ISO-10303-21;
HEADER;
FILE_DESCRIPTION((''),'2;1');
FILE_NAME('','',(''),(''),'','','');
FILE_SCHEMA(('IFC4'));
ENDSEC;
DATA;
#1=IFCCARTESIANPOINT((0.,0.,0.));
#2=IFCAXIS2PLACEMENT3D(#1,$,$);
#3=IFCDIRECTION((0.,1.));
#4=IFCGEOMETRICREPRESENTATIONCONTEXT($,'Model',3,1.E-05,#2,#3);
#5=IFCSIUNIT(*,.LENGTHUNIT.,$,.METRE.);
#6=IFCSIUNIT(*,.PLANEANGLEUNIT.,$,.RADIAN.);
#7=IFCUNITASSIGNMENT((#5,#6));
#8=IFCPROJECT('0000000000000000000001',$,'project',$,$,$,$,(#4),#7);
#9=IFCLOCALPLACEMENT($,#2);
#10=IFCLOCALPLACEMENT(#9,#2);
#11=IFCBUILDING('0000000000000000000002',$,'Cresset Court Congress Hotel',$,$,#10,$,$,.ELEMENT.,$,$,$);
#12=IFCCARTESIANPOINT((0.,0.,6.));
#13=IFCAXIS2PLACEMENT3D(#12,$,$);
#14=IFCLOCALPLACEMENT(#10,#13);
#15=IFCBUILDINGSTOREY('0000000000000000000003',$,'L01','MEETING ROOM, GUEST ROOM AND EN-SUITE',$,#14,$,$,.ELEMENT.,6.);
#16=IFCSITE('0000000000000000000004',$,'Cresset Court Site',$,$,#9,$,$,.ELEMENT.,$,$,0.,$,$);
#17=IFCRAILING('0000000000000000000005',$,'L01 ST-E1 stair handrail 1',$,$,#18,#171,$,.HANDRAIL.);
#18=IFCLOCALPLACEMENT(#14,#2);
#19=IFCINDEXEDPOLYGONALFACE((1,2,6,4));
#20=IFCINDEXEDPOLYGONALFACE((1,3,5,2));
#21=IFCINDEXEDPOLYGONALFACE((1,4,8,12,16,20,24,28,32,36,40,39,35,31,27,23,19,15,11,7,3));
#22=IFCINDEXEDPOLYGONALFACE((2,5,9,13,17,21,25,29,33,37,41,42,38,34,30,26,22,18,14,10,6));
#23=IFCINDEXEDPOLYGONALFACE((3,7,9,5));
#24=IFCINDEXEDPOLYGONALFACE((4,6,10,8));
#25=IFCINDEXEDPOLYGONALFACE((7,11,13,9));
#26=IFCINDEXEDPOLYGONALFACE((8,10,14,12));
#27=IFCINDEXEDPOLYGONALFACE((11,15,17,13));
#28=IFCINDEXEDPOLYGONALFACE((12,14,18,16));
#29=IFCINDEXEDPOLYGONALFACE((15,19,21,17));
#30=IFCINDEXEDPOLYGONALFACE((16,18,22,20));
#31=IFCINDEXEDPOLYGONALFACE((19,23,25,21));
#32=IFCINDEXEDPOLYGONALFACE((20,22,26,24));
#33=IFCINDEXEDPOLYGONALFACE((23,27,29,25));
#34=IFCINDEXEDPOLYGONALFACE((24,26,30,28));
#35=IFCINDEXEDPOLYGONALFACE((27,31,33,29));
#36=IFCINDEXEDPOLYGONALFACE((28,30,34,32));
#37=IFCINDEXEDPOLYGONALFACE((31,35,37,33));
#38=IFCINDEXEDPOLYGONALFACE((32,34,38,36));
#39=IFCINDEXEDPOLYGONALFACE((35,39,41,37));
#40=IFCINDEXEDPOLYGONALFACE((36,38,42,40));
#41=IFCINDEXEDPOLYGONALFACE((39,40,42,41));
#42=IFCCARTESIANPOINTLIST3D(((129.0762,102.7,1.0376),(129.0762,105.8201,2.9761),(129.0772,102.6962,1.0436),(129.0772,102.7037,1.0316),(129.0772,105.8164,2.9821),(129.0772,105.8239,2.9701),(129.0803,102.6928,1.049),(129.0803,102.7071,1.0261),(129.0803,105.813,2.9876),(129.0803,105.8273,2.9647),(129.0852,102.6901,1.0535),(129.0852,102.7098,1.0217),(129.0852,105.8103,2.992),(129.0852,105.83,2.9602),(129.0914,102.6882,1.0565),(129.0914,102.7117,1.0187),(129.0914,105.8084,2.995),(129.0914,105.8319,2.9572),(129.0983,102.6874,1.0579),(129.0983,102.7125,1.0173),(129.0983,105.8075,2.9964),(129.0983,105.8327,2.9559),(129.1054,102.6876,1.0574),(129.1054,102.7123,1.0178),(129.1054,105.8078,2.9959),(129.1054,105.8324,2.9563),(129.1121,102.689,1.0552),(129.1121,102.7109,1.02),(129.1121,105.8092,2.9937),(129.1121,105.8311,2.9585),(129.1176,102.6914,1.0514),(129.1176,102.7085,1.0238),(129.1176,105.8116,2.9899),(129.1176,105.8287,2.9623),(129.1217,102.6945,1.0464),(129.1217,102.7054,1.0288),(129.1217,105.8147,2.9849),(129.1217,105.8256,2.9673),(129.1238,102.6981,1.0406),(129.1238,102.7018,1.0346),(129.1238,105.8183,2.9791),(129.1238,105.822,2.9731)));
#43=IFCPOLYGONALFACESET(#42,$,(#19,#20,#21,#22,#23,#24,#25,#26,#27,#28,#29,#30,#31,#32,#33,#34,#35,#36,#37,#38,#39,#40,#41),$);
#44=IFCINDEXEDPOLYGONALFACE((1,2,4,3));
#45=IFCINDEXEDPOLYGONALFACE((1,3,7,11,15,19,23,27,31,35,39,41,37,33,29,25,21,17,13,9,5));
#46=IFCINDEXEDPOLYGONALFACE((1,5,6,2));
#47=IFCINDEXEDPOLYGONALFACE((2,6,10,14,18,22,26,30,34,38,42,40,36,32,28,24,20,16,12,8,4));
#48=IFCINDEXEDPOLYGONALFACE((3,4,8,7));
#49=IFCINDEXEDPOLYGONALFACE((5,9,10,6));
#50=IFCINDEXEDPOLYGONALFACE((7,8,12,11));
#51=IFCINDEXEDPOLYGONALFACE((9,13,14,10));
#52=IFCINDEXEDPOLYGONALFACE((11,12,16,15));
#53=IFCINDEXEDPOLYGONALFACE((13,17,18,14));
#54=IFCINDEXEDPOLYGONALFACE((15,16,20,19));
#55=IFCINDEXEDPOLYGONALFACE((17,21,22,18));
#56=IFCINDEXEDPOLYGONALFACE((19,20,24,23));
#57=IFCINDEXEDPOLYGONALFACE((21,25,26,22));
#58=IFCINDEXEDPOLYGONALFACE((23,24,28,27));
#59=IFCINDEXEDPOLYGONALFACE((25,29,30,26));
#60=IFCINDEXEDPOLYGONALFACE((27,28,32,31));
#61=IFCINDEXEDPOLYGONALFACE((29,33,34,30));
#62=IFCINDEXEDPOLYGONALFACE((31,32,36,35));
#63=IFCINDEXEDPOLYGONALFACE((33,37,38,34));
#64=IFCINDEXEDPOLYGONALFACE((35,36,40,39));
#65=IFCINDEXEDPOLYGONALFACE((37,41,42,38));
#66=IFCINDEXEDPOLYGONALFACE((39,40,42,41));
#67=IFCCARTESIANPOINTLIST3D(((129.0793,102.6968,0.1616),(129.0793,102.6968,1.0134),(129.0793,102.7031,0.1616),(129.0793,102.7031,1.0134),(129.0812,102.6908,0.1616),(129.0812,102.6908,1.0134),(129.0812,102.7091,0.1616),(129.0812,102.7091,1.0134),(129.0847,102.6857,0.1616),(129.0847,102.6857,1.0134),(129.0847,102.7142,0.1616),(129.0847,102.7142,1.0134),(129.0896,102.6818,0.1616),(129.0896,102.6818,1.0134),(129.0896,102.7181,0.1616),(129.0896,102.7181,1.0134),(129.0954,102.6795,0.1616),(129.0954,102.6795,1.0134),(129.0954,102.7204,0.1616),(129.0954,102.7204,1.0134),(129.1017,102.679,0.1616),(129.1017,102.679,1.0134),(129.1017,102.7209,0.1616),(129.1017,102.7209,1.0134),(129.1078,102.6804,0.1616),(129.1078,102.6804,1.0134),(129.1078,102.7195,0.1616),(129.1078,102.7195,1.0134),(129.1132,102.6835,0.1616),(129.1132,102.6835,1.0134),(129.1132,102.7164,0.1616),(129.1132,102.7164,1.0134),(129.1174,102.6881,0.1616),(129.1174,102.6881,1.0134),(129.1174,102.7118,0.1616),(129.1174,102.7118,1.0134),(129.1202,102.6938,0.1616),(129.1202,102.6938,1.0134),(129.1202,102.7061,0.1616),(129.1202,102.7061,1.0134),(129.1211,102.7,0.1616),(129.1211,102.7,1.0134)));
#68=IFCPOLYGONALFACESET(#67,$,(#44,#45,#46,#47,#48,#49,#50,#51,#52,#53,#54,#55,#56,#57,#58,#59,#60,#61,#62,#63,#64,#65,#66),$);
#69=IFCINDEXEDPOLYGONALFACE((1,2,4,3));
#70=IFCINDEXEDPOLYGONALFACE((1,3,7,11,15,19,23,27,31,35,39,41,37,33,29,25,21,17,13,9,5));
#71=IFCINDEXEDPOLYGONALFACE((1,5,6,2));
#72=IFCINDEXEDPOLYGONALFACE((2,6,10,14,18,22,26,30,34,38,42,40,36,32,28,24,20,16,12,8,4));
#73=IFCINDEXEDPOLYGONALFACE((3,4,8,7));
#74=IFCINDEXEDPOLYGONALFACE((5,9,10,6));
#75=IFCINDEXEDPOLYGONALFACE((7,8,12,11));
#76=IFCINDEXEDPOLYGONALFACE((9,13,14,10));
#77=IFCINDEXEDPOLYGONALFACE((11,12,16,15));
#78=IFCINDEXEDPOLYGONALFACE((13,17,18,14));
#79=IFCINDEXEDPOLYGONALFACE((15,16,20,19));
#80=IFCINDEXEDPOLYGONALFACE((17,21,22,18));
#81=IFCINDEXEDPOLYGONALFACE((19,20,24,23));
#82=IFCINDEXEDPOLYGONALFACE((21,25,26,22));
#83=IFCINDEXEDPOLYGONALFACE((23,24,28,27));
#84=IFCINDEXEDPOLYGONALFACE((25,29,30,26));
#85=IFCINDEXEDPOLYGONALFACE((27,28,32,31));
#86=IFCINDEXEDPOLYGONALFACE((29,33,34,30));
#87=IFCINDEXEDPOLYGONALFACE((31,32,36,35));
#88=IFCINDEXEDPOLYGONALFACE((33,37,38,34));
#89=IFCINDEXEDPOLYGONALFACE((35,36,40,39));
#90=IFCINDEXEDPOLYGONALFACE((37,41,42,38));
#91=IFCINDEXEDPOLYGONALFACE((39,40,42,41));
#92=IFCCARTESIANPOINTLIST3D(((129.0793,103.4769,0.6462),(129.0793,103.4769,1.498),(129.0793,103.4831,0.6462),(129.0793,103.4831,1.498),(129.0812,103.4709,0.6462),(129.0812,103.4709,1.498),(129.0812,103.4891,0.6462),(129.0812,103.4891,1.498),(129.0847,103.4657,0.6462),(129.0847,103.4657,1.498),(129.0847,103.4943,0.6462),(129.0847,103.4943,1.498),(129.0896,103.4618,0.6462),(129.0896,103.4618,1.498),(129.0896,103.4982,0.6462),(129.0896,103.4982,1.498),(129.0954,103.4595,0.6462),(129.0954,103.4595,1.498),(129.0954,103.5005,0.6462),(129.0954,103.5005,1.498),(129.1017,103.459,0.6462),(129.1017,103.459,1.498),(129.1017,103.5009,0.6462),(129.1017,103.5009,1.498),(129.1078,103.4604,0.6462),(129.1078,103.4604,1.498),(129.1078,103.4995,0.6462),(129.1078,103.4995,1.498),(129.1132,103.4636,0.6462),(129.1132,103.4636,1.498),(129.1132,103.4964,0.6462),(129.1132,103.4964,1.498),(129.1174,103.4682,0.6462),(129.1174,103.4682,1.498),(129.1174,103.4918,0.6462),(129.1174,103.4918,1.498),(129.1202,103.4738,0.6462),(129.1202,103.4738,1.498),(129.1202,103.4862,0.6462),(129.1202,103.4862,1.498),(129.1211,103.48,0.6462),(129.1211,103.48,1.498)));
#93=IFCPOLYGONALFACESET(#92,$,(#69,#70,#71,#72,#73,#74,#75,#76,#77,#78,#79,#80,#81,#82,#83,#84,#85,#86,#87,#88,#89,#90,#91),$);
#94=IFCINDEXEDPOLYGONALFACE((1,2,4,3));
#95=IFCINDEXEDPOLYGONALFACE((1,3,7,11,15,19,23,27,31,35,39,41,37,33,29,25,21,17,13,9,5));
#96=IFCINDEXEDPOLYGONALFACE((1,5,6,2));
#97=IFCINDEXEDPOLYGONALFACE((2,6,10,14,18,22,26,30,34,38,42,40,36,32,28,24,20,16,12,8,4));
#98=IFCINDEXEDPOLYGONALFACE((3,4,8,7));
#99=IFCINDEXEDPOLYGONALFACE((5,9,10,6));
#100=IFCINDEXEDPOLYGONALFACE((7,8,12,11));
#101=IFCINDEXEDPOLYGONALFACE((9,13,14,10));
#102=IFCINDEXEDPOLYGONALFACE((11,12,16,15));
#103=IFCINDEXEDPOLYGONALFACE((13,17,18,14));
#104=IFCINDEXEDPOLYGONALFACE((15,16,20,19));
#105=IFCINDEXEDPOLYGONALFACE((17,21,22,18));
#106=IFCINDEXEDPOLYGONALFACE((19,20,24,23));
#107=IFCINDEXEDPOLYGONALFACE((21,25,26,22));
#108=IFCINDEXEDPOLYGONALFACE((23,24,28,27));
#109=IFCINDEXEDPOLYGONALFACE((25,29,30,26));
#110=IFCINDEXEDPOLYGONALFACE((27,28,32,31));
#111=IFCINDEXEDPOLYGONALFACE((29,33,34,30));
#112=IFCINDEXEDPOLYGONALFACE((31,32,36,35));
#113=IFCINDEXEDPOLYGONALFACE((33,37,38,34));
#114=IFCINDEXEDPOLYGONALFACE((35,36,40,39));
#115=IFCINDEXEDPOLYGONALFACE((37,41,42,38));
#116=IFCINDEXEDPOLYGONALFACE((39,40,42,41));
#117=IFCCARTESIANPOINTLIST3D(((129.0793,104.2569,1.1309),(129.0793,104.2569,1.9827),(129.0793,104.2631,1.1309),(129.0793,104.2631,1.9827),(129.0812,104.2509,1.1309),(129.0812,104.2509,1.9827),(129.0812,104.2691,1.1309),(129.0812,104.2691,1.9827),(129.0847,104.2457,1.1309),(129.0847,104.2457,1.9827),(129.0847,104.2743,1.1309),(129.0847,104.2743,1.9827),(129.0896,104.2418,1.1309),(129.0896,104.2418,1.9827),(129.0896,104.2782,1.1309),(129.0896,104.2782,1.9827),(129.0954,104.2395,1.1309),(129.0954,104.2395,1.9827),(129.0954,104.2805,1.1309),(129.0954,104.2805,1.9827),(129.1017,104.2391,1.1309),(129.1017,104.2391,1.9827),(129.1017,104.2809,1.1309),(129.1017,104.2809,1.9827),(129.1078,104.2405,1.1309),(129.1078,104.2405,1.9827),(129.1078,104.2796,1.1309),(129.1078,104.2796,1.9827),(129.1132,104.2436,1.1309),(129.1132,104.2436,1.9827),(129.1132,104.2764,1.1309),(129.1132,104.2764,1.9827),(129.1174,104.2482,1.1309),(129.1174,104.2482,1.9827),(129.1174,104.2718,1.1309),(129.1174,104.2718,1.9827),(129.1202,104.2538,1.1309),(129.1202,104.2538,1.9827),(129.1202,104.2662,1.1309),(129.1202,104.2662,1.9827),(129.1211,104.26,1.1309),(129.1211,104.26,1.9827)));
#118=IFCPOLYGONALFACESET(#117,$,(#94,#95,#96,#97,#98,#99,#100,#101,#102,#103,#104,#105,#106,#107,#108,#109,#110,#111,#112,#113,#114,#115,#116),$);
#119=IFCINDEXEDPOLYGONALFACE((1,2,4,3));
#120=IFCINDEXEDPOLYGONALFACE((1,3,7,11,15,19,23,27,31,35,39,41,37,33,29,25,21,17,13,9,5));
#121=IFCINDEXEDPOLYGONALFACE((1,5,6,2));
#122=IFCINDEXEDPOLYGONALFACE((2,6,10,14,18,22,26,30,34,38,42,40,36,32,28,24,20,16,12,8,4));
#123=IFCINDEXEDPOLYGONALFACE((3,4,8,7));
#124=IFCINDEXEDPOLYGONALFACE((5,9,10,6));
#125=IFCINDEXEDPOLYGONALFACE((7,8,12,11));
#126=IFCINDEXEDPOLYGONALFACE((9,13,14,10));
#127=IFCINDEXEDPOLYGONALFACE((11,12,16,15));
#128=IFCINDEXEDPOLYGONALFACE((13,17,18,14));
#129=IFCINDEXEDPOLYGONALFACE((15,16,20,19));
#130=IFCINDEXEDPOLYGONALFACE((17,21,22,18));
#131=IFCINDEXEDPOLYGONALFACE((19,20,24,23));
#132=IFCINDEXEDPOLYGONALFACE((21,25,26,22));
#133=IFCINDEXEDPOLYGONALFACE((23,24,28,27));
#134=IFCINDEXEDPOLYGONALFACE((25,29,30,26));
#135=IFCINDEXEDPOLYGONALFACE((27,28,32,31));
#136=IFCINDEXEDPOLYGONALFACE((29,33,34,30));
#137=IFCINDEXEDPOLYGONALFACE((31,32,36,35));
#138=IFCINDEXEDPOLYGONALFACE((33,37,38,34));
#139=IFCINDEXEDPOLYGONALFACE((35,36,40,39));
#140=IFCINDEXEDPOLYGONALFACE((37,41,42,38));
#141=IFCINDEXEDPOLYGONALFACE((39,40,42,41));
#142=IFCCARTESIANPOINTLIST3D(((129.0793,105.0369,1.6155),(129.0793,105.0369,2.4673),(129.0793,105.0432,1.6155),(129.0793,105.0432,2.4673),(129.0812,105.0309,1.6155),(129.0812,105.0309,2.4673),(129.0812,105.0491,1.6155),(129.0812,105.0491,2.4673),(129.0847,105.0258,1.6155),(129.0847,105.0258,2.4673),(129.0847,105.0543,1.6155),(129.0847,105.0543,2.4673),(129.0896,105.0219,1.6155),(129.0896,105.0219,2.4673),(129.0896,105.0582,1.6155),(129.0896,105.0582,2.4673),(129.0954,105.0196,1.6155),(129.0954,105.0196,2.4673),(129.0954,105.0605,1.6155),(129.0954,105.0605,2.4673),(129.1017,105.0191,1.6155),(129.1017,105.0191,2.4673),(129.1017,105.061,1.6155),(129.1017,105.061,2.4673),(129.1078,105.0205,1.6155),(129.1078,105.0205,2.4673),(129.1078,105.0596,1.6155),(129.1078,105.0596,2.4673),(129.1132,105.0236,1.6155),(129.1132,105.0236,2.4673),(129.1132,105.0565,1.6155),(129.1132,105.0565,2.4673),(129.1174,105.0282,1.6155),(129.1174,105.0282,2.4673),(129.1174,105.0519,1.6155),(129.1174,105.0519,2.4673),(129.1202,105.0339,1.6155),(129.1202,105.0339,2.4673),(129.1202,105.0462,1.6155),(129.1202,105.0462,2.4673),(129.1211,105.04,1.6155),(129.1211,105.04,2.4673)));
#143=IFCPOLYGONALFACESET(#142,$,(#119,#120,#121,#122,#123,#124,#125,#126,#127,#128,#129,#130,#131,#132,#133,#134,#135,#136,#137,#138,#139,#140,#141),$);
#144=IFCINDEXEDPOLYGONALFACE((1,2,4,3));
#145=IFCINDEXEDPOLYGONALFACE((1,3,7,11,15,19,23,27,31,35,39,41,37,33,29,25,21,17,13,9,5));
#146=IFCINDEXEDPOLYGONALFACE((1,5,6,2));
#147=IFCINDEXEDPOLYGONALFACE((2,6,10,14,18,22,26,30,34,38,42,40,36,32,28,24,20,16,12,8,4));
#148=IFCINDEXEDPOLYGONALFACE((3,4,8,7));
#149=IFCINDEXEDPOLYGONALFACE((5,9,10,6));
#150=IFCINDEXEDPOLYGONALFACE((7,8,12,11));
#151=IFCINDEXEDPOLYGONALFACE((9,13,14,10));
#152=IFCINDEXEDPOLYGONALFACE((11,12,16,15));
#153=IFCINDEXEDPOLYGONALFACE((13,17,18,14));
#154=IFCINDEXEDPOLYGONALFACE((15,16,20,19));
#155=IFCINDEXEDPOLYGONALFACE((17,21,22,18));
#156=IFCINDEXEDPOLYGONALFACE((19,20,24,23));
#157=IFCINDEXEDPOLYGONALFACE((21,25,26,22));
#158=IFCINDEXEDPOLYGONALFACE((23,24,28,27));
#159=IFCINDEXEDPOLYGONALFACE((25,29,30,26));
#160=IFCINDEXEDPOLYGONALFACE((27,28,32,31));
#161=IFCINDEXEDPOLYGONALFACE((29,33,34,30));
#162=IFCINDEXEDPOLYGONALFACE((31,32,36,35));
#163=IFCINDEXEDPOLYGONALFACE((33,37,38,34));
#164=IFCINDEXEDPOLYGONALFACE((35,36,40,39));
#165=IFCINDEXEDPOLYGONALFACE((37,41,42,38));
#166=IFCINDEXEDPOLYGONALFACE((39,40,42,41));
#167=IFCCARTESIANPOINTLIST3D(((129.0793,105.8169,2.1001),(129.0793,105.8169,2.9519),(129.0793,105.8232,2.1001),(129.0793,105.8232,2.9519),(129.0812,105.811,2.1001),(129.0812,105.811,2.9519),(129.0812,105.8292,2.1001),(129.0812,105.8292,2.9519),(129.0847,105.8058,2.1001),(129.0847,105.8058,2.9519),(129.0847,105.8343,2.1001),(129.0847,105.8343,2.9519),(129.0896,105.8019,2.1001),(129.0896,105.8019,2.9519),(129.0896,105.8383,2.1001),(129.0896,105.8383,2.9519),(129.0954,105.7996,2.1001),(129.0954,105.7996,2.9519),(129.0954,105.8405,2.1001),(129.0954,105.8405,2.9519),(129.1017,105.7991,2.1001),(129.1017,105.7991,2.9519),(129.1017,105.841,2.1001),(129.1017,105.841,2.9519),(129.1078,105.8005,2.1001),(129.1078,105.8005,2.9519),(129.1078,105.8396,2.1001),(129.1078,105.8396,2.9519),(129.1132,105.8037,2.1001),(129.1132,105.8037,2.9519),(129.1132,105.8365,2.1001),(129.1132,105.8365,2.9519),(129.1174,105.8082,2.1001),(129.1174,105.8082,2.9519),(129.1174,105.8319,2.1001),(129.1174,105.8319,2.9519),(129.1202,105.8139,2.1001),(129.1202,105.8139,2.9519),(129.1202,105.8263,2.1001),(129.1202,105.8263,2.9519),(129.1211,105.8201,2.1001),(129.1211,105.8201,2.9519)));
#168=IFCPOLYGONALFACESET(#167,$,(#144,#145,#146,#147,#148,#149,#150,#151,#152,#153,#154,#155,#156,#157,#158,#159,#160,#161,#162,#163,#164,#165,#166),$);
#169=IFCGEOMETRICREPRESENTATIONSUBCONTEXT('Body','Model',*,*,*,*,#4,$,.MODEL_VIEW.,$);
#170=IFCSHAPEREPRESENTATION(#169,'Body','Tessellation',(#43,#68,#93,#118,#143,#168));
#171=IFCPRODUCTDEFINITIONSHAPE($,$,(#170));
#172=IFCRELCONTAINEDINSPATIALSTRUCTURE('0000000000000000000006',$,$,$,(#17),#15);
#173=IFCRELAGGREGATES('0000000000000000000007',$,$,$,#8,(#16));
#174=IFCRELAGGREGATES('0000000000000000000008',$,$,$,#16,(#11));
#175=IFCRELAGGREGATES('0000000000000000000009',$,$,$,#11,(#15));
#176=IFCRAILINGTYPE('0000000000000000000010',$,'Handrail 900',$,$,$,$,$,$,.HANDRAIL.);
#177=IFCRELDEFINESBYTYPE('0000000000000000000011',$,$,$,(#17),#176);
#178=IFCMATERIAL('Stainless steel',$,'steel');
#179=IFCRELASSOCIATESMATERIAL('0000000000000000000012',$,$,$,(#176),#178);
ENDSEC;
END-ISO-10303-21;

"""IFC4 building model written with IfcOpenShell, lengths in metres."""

from ifc_helpers import new_model, si_unit, direction, frame, origin, origin_2d, place, context, subcontext, project, spatial, circle, extrude, material, type_object, element, save


model = new_model("IFC4")

# Units and contexts
model_context = context("Model", 3, precision=1e-05, world=origin(), true_north=direction((0.0, 1.0)))
body_context = subcontext(model_context, "Body", "Model", "MODEL_VIEW")
ifc_project = project(units=[si_unit("LENGTHUNIT", "METRE"), si_unit("PLANEANGLEUNIT", "RADIAN")], contexts=[model_context])

# Site, building, storey
site_placement = place(None, origin())
site = spatial("IfcSite", under=ifc_project, at=site_placement, Name="Cresset Court Site", CompositionType="ELEMENT", RefElevation=0.0)
building_placement = place(site_placement, origin())
building = spatial("IfcBuilding", under=site, at=building_placement, Name="Cresset Court Congress Hotel", CompositionType="ELEMENT")
storey_placement = place(building_placement, frame((0.0, 0.0, 6.0)))
storey = spatial("IfcBuildingStorey", under=building, at=storey_placement, Name="L01", Description="MEETING ROOM, GUEST ROOM AND EN-SUITE", CompositionType="ELEMENT", Elevation=6.0)

# Railing
ifc_material_1 = material(Name="Stainless steel", Category="steel")
railing_type_1 = type_object("IfcRailingType", Name="Handrail 900", PredefinedType="HANDRAIL", material=ifc_material_1)
railing_1_placement = place(storey_placement, frame((129.1001, 102.7, 0.1616)))
element("IfcRailing", 1, at=railing_1_placement, inside=storey, type_object=railing_type_1, Name="L01 ST-E1 stair handrail 1", PredefinedType="HANDRAIL", context=body_context, shape_type="SweptSolid", body=[
    extrude(circle(Radius=0.0239, at=origin_2d()), frame((0.0, 0.0, 0.876), z_axis=(0.0, 0.849414, 0.527727), x_axis=(-1.0, 0.0, 0.0)), (0.0, 0.0, 1.0), 3.6733),
    extrude(circle(Radius=0.021, at=origin_2d()), origin(), (0.0, 0.0, 1.0), 0.8518),
    extrude(circle(Radius=0.021, at=origin_2d()), frame((0.0, 0.78, 0.4846)), (0.0, 0.0, 1.0), 0.8518),
    extrude(circle(Radius=0.021, at=origin_2d()), frame((0.0, 1.5601, 0.9692)), (0.0, 0.0, 1.0), 0.8518),
    extrude(circle(Radius=0.021, at=origin_2d()), frame((0.0, 2.3401, 1.4539)), (0.0, 0.0, 1.0), 0.8518),
    extrude(circle(Radius=0.021, at=origin_2d()), frame((0.0, 3.1201, 1.9385)), (0.0, 0.0, 1.0), 0.8518),
])

save(model, "model.ifc")
